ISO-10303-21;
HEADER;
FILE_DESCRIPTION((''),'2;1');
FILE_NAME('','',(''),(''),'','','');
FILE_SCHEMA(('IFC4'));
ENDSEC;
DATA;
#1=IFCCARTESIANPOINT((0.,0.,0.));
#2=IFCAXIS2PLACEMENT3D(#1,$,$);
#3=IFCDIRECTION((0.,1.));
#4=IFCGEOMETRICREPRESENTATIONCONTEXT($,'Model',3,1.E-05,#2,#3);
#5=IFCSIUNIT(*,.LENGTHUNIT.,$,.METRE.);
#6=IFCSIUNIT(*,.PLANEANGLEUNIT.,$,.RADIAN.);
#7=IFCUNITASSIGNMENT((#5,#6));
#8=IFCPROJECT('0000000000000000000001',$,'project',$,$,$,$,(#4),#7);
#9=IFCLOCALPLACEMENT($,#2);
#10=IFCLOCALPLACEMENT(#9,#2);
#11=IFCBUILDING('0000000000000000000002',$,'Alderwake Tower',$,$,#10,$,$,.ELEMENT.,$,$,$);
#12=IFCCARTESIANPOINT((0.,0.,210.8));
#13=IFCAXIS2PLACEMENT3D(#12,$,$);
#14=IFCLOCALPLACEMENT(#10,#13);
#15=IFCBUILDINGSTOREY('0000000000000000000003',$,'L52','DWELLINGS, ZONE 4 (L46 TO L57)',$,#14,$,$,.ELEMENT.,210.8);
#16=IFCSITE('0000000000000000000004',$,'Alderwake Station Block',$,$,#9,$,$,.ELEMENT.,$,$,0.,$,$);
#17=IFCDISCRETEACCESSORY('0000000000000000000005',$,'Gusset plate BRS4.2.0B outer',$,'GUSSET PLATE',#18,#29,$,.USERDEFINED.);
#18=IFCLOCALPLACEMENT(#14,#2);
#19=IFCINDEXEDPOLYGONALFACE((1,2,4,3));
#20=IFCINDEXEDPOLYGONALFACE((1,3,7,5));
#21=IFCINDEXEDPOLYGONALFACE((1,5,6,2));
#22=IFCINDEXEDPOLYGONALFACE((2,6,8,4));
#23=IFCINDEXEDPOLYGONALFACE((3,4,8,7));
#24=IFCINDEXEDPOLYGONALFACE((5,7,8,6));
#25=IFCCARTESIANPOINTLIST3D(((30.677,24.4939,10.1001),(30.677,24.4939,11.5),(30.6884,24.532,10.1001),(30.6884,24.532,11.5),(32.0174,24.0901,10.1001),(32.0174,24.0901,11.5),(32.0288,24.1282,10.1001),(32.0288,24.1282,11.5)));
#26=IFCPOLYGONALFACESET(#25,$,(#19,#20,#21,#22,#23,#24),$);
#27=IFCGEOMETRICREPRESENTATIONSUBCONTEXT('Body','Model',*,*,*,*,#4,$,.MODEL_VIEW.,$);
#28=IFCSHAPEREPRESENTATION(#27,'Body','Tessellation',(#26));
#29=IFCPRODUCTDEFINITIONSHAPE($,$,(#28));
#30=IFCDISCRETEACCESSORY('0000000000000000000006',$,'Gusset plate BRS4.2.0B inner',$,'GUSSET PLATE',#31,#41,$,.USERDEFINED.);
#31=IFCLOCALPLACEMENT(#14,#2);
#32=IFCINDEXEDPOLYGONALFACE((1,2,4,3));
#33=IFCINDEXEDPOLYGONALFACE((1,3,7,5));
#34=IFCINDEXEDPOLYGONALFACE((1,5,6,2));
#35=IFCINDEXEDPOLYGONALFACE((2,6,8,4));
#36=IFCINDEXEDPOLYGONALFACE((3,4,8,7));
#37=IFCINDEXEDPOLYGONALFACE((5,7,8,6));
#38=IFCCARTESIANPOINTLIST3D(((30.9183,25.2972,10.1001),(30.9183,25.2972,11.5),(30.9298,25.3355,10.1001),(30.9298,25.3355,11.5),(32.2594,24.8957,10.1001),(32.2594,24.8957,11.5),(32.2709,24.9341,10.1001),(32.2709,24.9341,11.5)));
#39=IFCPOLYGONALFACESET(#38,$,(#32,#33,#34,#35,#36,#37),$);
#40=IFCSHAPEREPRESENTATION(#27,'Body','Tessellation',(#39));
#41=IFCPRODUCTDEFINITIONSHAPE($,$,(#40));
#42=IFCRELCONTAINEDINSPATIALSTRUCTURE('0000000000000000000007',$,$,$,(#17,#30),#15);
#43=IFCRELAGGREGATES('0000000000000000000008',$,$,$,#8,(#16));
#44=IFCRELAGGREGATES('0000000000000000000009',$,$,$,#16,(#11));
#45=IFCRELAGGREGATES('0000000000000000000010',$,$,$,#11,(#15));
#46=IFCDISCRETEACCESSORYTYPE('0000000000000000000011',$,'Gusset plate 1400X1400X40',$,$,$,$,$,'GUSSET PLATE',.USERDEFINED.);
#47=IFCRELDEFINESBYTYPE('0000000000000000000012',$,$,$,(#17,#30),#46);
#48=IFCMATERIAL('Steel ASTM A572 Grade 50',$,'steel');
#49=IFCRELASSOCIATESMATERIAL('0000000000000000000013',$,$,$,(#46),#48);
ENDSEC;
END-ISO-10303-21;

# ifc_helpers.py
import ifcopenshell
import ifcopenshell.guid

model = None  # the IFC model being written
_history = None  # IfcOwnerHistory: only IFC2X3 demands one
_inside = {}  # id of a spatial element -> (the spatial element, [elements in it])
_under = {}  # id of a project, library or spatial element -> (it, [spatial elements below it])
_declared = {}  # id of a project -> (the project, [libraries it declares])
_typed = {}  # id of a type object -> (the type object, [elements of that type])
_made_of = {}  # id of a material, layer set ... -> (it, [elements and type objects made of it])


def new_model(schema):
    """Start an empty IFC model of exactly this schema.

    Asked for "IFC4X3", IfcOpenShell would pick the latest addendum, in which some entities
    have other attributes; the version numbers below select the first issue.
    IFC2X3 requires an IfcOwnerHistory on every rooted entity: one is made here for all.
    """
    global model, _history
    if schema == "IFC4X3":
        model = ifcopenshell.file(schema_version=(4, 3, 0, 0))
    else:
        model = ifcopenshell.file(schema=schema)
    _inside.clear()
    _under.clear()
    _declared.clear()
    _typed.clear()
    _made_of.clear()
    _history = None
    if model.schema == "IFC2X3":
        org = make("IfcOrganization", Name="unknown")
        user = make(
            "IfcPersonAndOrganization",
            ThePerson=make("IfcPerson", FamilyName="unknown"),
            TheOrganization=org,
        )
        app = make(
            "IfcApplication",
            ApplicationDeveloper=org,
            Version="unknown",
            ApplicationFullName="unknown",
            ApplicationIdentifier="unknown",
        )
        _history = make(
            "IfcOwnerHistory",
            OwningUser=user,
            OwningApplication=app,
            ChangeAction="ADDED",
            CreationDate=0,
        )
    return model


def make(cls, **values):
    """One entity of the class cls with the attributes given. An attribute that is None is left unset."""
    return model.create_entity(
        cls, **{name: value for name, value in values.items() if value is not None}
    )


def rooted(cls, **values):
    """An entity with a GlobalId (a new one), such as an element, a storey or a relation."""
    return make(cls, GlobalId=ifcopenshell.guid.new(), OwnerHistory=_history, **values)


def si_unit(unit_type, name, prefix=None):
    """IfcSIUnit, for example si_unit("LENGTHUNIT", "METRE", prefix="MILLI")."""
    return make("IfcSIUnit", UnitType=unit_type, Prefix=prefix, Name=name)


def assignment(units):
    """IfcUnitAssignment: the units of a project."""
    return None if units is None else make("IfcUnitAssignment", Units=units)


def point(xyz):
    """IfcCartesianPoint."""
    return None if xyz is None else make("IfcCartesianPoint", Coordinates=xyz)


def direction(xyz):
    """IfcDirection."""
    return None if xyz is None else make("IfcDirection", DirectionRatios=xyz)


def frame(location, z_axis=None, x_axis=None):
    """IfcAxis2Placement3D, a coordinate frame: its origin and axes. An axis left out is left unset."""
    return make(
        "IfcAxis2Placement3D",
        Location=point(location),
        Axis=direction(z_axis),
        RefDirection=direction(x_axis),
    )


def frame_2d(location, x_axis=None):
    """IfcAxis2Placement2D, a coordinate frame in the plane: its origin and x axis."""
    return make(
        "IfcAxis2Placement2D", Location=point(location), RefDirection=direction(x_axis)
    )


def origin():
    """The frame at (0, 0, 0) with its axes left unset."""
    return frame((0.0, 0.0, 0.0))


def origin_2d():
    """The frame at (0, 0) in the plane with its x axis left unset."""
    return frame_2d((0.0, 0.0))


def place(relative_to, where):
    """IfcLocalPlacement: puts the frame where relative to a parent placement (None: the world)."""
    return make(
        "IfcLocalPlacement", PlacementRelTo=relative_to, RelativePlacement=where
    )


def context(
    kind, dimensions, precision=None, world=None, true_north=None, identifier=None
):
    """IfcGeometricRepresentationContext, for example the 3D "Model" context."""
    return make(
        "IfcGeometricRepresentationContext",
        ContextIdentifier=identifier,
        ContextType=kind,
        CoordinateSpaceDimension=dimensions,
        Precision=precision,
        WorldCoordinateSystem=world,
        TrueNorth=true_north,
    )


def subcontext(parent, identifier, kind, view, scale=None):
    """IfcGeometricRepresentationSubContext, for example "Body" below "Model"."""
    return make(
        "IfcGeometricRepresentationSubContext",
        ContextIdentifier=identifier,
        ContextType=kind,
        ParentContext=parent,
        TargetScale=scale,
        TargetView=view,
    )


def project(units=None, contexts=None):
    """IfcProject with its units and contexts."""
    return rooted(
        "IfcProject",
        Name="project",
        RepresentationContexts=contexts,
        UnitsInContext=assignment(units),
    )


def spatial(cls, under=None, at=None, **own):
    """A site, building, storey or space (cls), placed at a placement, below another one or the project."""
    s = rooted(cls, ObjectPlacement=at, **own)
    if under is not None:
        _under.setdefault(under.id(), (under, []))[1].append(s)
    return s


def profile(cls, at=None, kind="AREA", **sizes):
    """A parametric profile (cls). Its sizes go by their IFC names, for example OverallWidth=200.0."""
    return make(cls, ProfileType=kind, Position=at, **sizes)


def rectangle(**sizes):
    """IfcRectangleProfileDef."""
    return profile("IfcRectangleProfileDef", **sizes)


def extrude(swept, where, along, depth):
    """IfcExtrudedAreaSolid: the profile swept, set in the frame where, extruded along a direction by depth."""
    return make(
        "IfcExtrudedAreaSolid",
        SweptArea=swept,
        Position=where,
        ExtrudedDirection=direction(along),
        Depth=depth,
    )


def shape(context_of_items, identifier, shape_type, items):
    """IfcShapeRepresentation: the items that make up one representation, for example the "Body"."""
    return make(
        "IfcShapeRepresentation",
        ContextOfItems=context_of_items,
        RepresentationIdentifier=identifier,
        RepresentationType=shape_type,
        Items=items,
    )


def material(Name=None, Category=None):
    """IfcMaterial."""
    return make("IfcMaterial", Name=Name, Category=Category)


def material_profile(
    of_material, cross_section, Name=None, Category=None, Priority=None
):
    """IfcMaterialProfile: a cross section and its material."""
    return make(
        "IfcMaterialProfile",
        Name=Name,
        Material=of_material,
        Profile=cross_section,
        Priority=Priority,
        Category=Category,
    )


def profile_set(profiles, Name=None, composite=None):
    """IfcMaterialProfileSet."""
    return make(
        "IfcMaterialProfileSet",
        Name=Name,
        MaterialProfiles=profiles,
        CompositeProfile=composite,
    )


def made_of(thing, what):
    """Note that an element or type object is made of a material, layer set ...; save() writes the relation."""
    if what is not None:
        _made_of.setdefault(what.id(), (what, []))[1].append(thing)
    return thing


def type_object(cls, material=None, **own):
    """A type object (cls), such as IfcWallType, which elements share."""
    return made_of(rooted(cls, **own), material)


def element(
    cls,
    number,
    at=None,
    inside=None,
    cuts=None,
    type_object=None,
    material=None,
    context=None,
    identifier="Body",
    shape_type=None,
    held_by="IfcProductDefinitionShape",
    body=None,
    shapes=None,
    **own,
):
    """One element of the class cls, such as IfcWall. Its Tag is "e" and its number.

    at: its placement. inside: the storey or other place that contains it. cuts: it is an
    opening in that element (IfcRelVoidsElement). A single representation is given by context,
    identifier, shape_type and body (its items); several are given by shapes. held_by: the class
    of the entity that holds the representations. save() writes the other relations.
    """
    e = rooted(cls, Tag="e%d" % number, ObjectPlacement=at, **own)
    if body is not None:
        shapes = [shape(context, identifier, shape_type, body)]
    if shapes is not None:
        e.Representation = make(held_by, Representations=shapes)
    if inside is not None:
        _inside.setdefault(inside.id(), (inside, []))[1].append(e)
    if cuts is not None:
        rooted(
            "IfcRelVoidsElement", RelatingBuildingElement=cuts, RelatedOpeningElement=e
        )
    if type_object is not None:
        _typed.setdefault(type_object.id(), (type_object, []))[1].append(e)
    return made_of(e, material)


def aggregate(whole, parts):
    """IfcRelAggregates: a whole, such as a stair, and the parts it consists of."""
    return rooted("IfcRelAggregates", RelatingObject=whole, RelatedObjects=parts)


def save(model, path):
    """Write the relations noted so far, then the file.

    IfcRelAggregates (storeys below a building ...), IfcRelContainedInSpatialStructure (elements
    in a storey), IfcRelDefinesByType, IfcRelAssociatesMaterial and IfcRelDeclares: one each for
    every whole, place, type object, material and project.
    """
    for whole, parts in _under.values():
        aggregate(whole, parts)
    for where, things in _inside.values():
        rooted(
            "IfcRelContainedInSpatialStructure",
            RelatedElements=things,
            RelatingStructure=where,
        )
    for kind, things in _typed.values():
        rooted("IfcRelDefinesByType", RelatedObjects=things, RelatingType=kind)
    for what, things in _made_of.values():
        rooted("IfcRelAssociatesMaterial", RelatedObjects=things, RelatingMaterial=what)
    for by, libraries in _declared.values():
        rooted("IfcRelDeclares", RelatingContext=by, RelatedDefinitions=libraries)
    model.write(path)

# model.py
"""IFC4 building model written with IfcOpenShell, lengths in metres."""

from ifc_helpers import new_model, si_unit, direction, frame, origin, origin_2d, place, context, subcontext, project, spatial, rectangle, extrude, material, material_profile, profile_set, type_object, element, save


model = new_model("IFC4")

# Units and contexts
model_context = context("Model", 3, precision=1e-05, world=origin(), true_north=direction((0.0, 1.0)))
body_context = subcontext(model_context, "Body", "Model", "MODEL_VIEW")
ifc_project = project(units=[si_unit("LENGTHUNIT", "METRE"), si_unit("PLANEANGLEUNIT", "RADIAN")], contexts=[model_context])

# Site, building, storey
site_placement = place(None, origin())
site = spatial("IfcSite", under=ifc_project, at=site_placement, Name="Alderwake Station Block", CompositionType="ELEMENT", RefElevation=0.0)
building_placement = place(site_placement, origin())
building = spatial("IfcBuilding", under=site, at=building_placement, Name="Alderwake Tower", CompositionType="ELEMENT")
storey_placement = place(building_placement, frame((0.0, 0.0, 210.8)))
storey = spatial("IfcBuildingStorey", under=building, at=storey_placement, Name="L52", Description="DWELLINGS, ZONE 4 (L46 TO L57)", CompositionType="ELEMENT", Elevation=210.8)

# Discrete accessories
ifc_material_1 = material(Name="Steel ASTM A572 Grade 50", Category="steel")
ifc_material_profile_1 = material_profile(ifc_material_1, rectangle(XDim=1.3999, YDim=1.3999, at=origin_2d()), Name="gusset 1400X1400")
ifc_profile_set_1 = profile_set([ifc_material_profile_1], Name="Steel ASTM A572 Grade 50")
discrete_accessory_type_1 = type_object("IfcDiscreteAccessoryType", Name="Gusset plate 1400X1400X40", ElementType="GUSSET PLATE", PredefinedType="USERDEFINED", material=ifc_profile_set_1)
discrete_accessory_1_placement = place(storey_placement, frame((31.3586, 24.3301, 10.8), z_axis=(-0.288474, -0.957488, 0.0), x_axis=(0.957488, -0.288474, 0.0)))
element("IfcDiscreteAccessory", 1, at=discrete_accessory_1_placement, inside=storey, type_object=discrete_accessory_type_1, Name="Gusset plate BRS4.2.0B outer", ObjectType="GUSSET PLATE", PredefinedType="USERDEFINED", context=body_context, shape_type="SweptSolid", body=[
    extrude(rectangle(XDim=1.3999, YDim=1.3999, at=origin_2d()), origin(), (0.0, 0.0, 1.0), 0.0398),
])
discrete_accessory_2_placement = place(storey_placement, frame((31.5889, 25.0964, 10.8), z_axis=(0.286788, 0.957994, 0.0), x_axis=(-0.957994, 0.286788, 0.0)))
element("IfcDiscreteAccessory", 2, at=discrete_accessory_2_placement, inside=storey, type_object=discrete_accessory_type_1, Name="Gusset plate BRS4.2.0B inner", ObjectType="GUSSET PLATE", PredefinedType="USERDEFINED", context=body_context, shape_type="SweptSolid", body=[
    extrude(rectangle(XDim=1.3999, YDim=1.3999, at=origin_2d()), origin(), (0.0, 0.0, 1.0), 0.04),
])

save(model, "model.ifc")
